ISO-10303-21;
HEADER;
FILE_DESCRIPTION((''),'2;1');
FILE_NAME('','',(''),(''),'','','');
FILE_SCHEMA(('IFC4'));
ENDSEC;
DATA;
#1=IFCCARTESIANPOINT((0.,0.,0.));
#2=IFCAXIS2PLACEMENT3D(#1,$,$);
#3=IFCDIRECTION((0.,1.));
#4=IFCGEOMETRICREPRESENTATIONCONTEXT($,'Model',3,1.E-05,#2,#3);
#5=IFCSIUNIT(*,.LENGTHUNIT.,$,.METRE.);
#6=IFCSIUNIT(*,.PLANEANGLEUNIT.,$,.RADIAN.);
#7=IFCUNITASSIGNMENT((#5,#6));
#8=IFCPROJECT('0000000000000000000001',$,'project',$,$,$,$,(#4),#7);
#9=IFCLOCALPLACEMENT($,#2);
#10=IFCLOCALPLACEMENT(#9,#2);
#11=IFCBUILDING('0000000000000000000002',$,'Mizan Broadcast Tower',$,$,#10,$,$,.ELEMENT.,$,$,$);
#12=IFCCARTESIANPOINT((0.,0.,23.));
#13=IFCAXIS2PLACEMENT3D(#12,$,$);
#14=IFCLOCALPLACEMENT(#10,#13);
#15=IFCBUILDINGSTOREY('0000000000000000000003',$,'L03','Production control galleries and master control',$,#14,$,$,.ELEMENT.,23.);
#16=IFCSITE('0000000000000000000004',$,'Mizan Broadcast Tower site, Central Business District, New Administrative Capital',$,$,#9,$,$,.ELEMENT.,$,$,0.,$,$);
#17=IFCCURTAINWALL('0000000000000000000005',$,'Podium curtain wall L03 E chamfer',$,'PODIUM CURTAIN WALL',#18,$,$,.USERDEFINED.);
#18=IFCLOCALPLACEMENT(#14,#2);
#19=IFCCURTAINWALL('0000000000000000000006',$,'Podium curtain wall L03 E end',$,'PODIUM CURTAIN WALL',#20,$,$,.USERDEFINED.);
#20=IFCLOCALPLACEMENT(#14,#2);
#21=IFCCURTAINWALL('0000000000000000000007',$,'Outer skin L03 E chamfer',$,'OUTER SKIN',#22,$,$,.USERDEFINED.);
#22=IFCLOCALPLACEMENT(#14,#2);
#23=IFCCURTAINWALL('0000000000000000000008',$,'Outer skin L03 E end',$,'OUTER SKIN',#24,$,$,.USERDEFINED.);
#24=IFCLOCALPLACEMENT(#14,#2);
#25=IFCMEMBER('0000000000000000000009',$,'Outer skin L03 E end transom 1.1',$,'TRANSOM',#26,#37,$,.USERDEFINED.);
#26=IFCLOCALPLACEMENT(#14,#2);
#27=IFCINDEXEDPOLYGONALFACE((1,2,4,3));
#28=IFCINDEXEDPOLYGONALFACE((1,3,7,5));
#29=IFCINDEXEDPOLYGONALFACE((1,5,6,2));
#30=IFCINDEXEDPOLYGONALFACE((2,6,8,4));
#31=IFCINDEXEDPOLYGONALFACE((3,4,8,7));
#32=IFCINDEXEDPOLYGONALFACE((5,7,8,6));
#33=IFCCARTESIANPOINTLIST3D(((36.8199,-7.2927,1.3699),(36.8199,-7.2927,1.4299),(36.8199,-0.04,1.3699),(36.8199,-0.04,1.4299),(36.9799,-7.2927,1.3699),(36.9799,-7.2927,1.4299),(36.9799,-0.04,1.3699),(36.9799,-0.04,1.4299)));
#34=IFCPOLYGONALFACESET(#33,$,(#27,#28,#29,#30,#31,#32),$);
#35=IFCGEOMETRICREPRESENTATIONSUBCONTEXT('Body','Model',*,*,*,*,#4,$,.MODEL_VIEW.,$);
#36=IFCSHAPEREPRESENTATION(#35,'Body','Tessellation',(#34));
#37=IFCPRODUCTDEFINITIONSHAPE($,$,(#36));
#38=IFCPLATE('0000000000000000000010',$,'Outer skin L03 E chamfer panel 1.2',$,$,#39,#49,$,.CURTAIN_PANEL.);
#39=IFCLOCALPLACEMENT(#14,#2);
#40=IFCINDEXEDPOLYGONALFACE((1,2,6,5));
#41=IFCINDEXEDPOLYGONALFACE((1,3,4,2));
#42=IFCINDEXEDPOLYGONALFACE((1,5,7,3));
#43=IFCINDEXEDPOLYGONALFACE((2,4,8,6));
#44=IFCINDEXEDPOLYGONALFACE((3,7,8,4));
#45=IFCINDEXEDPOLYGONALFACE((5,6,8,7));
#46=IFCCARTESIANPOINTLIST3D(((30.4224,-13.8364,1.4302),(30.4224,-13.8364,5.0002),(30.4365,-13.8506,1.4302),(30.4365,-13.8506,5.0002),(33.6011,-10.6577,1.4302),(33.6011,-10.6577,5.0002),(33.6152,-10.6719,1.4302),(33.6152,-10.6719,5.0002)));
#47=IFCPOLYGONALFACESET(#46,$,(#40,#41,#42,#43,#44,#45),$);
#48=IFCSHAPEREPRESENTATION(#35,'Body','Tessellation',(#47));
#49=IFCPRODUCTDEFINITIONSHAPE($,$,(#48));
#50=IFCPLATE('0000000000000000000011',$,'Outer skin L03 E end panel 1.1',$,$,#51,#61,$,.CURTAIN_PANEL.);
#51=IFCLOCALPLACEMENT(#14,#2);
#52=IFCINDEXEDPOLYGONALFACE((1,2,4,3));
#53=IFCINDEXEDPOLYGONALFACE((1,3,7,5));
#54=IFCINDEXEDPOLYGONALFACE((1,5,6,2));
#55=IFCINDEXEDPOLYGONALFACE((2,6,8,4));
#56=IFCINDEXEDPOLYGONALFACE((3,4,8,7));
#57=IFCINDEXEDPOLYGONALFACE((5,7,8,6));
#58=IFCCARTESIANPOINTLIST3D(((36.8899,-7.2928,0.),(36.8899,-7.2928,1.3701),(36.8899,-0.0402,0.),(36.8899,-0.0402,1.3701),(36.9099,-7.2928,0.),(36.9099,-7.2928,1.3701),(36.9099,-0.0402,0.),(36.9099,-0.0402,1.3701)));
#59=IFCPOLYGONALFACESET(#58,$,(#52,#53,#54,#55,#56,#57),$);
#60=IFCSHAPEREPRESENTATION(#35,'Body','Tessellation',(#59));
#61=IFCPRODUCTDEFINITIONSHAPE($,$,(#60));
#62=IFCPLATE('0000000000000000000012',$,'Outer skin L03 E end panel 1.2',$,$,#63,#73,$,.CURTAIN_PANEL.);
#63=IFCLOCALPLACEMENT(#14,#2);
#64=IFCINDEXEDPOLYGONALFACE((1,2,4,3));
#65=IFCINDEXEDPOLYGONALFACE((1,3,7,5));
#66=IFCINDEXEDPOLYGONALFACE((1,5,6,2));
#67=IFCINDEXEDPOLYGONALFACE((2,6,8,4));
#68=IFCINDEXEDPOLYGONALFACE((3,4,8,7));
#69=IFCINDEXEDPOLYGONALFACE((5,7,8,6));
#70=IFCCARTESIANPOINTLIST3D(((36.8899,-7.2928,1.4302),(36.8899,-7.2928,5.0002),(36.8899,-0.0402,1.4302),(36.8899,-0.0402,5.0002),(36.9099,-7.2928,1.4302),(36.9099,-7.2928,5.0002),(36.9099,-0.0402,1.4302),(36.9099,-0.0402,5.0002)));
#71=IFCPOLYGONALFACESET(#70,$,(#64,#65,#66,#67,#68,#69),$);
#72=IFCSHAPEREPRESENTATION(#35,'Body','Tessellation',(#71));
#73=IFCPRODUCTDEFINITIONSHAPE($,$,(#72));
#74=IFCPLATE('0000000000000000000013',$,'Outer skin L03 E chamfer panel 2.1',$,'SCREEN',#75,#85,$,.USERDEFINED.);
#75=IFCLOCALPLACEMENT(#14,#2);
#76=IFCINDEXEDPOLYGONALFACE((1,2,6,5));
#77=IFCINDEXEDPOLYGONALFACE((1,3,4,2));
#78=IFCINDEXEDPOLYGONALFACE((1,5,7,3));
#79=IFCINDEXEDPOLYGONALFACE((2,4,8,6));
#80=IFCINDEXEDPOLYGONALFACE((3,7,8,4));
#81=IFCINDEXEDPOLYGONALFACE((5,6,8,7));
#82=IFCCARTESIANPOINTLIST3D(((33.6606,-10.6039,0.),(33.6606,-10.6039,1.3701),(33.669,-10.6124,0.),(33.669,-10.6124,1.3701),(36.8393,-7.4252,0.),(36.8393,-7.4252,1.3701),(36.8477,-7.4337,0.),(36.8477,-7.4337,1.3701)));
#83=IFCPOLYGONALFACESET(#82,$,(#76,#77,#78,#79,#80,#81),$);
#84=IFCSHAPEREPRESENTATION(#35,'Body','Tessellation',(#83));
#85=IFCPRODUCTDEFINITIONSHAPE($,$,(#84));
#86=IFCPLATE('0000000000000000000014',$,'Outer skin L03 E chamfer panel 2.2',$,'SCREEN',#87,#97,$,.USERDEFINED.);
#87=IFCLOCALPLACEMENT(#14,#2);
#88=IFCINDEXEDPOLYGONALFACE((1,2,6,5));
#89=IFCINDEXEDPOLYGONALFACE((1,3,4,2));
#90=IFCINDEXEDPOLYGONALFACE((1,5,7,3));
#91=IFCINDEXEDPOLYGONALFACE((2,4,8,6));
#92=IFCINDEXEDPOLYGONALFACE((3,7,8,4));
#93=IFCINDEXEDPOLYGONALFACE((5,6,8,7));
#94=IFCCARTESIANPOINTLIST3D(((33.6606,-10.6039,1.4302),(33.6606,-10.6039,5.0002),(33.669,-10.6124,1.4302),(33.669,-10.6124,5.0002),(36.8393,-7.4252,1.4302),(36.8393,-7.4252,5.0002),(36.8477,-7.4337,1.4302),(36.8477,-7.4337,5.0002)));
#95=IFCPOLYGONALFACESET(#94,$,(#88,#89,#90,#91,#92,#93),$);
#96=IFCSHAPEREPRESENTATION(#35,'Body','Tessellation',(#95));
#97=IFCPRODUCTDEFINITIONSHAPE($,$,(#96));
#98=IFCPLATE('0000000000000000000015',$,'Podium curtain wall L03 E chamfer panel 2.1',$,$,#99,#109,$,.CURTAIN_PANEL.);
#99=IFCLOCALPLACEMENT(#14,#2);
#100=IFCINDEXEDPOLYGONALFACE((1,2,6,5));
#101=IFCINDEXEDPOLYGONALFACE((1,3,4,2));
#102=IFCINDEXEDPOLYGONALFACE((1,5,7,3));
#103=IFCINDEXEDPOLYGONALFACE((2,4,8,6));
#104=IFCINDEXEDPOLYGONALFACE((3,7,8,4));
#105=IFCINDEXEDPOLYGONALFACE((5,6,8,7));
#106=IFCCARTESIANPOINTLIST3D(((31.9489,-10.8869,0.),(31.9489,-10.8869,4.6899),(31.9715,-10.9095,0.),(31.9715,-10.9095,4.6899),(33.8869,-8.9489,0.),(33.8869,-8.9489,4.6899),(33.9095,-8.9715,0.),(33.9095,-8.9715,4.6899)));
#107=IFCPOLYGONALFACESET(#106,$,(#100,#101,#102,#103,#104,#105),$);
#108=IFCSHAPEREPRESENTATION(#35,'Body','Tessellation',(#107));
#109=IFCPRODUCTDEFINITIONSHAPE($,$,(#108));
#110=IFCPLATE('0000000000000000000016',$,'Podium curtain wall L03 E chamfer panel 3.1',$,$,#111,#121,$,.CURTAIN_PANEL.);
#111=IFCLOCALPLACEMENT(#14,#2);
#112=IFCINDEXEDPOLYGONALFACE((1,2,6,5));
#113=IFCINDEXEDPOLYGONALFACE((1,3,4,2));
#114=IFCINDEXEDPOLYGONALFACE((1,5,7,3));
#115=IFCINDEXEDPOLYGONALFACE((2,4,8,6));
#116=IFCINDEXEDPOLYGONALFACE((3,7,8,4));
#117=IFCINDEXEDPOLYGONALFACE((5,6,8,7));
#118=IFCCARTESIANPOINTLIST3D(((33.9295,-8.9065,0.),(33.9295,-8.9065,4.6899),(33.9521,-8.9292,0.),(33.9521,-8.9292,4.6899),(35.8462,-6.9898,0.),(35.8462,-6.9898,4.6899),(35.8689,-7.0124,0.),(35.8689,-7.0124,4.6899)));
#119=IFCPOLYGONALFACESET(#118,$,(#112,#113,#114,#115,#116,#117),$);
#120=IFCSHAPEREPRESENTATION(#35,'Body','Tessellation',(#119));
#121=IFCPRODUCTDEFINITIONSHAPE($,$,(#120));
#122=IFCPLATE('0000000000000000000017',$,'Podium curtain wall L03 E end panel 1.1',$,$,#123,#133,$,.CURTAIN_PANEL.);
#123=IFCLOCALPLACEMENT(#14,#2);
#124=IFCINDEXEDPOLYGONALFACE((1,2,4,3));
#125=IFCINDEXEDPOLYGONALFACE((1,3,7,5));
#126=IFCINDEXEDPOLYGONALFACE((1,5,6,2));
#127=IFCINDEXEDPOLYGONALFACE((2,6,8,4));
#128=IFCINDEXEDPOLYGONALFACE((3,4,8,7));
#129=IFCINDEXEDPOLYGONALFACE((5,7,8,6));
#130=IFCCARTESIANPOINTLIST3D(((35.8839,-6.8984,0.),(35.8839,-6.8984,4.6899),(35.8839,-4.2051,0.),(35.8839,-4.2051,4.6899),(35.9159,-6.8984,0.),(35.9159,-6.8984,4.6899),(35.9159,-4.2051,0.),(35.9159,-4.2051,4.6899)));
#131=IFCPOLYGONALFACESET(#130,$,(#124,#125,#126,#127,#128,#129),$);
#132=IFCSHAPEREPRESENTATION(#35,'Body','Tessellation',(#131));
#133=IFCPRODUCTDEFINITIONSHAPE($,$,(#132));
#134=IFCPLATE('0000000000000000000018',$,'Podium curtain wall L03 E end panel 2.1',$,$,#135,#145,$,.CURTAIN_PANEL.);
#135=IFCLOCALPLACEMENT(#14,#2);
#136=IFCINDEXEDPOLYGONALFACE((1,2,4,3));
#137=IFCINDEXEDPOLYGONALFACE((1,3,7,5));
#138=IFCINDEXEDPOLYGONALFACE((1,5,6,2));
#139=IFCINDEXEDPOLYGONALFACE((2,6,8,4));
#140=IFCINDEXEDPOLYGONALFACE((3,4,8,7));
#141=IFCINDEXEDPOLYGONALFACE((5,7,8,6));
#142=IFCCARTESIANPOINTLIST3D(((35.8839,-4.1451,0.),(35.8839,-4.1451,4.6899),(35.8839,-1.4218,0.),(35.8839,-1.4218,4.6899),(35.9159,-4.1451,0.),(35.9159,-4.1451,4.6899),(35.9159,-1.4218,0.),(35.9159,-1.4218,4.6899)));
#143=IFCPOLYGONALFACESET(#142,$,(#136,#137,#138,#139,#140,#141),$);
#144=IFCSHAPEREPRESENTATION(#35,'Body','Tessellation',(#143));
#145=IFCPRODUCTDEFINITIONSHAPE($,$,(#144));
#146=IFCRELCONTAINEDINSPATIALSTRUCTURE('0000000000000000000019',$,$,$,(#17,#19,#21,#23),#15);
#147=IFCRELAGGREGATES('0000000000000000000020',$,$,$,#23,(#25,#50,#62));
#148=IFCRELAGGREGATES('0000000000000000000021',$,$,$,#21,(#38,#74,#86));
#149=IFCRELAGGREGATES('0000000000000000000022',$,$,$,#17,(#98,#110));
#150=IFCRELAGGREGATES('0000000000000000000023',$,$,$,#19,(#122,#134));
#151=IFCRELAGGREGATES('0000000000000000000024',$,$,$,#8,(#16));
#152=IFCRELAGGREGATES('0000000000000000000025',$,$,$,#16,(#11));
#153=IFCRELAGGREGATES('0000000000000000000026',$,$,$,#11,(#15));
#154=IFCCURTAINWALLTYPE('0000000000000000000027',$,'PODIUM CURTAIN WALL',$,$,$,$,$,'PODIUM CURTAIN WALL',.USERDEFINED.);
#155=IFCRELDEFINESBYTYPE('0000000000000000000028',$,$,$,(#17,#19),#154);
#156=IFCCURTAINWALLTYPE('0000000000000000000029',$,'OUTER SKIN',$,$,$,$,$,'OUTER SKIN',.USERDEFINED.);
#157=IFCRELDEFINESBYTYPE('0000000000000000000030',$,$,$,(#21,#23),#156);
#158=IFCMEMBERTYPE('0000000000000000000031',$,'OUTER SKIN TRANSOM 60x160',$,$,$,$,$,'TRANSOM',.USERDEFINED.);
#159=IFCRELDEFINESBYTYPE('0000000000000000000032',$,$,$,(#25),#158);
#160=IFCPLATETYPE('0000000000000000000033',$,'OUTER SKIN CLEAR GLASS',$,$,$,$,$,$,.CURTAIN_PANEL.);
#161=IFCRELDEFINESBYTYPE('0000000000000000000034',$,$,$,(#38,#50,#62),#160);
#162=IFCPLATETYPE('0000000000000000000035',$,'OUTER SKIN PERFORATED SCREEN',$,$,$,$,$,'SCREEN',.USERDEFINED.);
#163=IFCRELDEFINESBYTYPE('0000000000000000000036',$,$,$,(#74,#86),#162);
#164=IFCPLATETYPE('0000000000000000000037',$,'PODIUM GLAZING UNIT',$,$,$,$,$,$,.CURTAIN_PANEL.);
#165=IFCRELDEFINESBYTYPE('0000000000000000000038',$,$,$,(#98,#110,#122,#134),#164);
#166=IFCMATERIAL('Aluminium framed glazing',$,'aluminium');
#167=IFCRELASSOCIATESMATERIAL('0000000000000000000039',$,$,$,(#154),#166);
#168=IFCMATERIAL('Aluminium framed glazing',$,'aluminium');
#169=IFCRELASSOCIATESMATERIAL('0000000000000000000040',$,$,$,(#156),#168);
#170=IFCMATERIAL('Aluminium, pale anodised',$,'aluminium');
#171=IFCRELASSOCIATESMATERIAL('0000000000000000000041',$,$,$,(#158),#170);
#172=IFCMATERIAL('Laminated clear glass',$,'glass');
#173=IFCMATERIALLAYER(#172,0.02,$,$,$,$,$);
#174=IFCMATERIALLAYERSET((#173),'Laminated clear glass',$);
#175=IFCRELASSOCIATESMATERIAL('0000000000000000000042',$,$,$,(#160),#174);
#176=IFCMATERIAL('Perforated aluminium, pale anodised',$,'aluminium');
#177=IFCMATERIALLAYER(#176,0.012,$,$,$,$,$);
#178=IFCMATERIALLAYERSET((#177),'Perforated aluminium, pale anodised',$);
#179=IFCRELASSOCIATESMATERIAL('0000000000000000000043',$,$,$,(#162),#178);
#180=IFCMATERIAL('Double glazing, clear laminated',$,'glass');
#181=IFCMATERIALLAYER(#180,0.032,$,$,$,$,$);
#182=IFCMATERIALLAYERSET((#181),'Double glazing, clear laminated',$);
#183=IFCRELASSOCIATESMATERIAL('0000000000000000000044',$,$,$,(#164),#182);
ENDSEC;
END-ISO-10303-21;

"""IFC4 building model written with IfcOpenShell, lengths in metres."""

from ifc_helpers import new_model, si_unit, direction, frame, origin, origin_2d, place, context, subcontext, project, spatial, rectangle, extrude, material, layer, layer_set, material_profile, profile_set, type_object, element, aggregate, save


model = new_model("IFC4")

# Units and contexts
model_context = context("Model", 3, precision=1e-05, world=origin(), true_north=direction((0.0, 1.0)))
body_context = subcontext(model_context, "Body", "Model", "MODEL_VIEW")
ifc_project = project(units=[si_unit("LENGTHUNIT", "METRE"), si_unit("PLANEANGLEUNIT", "RADIAN")], contexts=[model_context])

# Site, building, storey
site_placement = place(None, origin())
site = spatial("IfcSite", under=ifc_project, at=site_placement, Name="Mizan Broadcast Tower site, Central Business District, New Administrative Capital", CompositionType="ELEMENT", RefElevation=0.0)
building_placement = place(site_placement, origin())
building = spatial("IfcBuilding", under=site, at=building_placement, Name="Mizan Broadcast Tower", CompositionType="ELEMENT")
storey_placement = place(building_placement, frame((0.0, 0.0, 23.0)))
storey = spatial("IfcBuildingStorey", under=building, at=storey_placement, Name="L03", Description="Production control galleries and master control", CompositionType="ELEMENT", Elevation=23.0)

# Curtain walls
ifc_material_1 = material(Name="Aluminium framed glazing", Category="aluminium")
curtain_wall_type_1 = type_object("IfcCurtainWallType", Name="PODIUM CURTAIN WALL", ElementType="PODIUM CURTAIN WALL", PredefinedType="USERDEFINED", material=ifc_material_1)
curtain_wall_1_placement = place(storey_placement, origin())
curtain_wall_1 = element("IfcCurtainWall", 1, at=curtain_wall_1_placement, inside=storey, type_object=curtain_wall_type_1, Name="Podium curtain wall L03 E chamfer", ObjectType="PODIUM CURTAIN WALL", PredefinedType="USERDEFINED")
curtain_wall_2_placement = place(storey_placement, origin())
curtain_wall_2 = element("IfcCurtainWall", 2, at=curtain_wall_2_placement, inside=storey, type_object=curtain_wall_type_1, Name="Podium curtain wall L03 E end", ObjectType="PODIUM CURTAIN WALL", PredefinedType="USERDEFINED")

# Curtain wall
ifc_material_2 = material(Name="Aluminium framed glazing", Category="aluminium")
curtain_wall_type_2 = type_object("IfcCurtainWallType", Name="OUTER SKIN", ElementType="OUTER SKIN", PredefinedType="USERDEFINED", material=ifc_material_2)
curtain_wall_3_placement = place(storey_placement, origin())
curtain_wall_3 = element("IfcCurtainWall", 3, at=curtain_wall_3_placement, inside=storey, type_object=curtain_wall_type_2, Name="Outer skin L03 E chamfer", ObjectType="OUTER SKIN", PredefinedType="USERDEFINED")
ifc_material_3 = material(Name="Aluminium, pale anodised", Category="aluminium")
ifc_material_profile_1 = material_profile(ifc_material_3, rectangle(XDim=0.1599, YDim=0.0601, at=origin_2d()), Name="TRANSOM 160x60")
ifc_profile_set_1 = profile_set([ifc_material_profile_1], Name="Aluminium, pale anodised")
member_type_1 = type_object("IfcMemberType", Name="OUTER SKIN TRANSOM 60x160", ElementType="TRANSOM", PredefinedType="USERDEFINED", material=ifc_profile_set_1)

# Curtain wall, member
curtain_wall_4_placement = place(storey_placement, origin())
curtain_wall_4 = element("IfcCurtainWall", 4, at=curtain_wall_4_placement, inside=storey, type_object=curtain_wall_type_2, Name="Outer skin L03 E end", ObjectType="OUTER SKIN", PredefinedType="USERDEFINED")
member_1_placement = place(storey_placement, frame((36.8999, -7.2927, 1.3999), z_axis=(0.0, 1.0, 0.0), x_axis=(-1.0, 0.0, 0.0)))
member_1 = element("IfcMember", 5, at=member_1_placement, type_object=member_type_1, Name="Outer skin L03 E end transom 1.1", ObjectType="TRANSOM", PredefinedType="USERDEFINED", context=body_context, shape_type="SweptSolid", body=[
    extrude(rectangle(XDim=0.1599, YDim=0.0601, at=origin_2d()), origin(), (0.0, 0.0, 1.0), 7.2527),
])

# Plates
ifc_material_4 = material(Name="Laminated clear glass", Category="glass")
ifc_layer_1 = layer(ifc_material_4, 0.02)
ifc_layer_set_1 = layer_set([ifc_layer_1], Name="Laminated clear glass")
plate_type_1 = type_object("IfcPlateType", Name="OUTER SKIN CLEAR GLASS", PredefinedType="CURTAIN_PANEL", material=ifc_layer_set_1)
plate_1_placement = place(storey_placement, frame((32.0188, -12.2542, 1.4302), z_axis=(0.0, 0.0, 1.0), x_axis=(0.707107, 0.707107, 0.0)))
plate_1 = element("IfcPlate", 6, at=plate_1_placement, type_object=plate_type_1, Name="Outer skin L03 E chamfer panel 1.2", PredefinedType="CURTAIN_PANEL", context=body_context, shape_type="SweptSolid", body=[
    extrude(rectangle(XDim=4.4954, YDim=0.02, at=origin_2d()), origin(), (0.0, 0.0, 1.0), 3.5701),
])
plate_2_placement = place(storey_placement, frame((36.8999, -3.6665, 0.0), z_axis=(0.0, 0.0, 1.0), x_axis=(0.0, 1.0, 0.0)))
plate_2 = element("IfcPlate", 7, at=plate_2_placement, type_object=plate_type_1, Name="Outer skin L03 E end panel 1.1", PredefinedType="CURTAIN_PANEL", context=body_context, shape_type="SweptSolid", body=[
    extrude(rectangle(XDim=7.2527, YDim=0.02, at=origin_2d()), origin(), (0.0, 0.0, 1.0), 1.3701),
])
plate_3_placement = place(storey_placement, frame((36.8999, -3.6665, 1.4302), z_axis=(0.0, 0.0, 1.0), x_axis=(0.0, 1.0, 0.0)))
plate_3 = element("IfcPlate", 8, at=plate_3_placement, type_object=plate_type_1, Name="Outer skin L03 E end panel 1.2", PredefinedType="CURTAIN_PANEL", context=body_context, shape_type="SweptSolid", body=[
    extrude(rectangle(XDim=7.2527, YDim=0.02, at=origin_2d()), origin(), (0.0, 0.0, 1.0), 3.5701),
])
aggregate(curtain_wall_4, [member_1, plate_2, plate_3])
ifc_material_5 = material(Name="Perforated aluminium, pale anodised", Category="aluminium")
ifc_layer_2 = layer(ifc_material_5, 0.012)
ifc_layer_set_2 = layer_set([ifc_layer_2], Name="Perforated aluminium, pale anodised")
plate_type_2 = type_object("IfcPlateType", Name="OUTER SKIN PERFORATED SCREEN", ElementType="SCREEN", PredefinedType="USERDEFINED", material=ifc_layer_set_2)
plate_4_placement = place(storey_placement, frame((35.2542, -9.0188, 0.0), z_axis=(0.0, 0.0, 1.0), x_axis=(0.707107, 0.707107, 0.0)))
plate_4 = element("IfcPlate", 9, at=plate_4_placement, type_object=plate_type_2, Name="Outer skin L03 E chamfer panel 2.1", ObjectType="SCREEN", PredefinedType="USERDEFINED", context=body_context, shape_type="SweptSolid", body=[
    extrude(rectangle(XDim=4.4954, YDim=0.012, at=origin_2d()), origin(), (0.0, 0.0, 1.0), 1.3701),
])
plate_5_placement = place(storey_placement, frame((35.2542, -9.0188, 1.4302), z_axis=(0.0, 0.0, 1.0), x_axis=(0.707107, 0.707107, 0.0)))
plate_5 = element("IfcPlate", 10, at=plate_5_placement, type_object=plate_type_2, Name="Outer skin L03 E chamfer panel 2.2", ObjectType="SCREEN", PredefinedType="USERDEFINED", context=body_context, shape_type="SweptSolid", body=[
    extrude(rectangle(XDim=4.4954, YDim=0.012, at=origin_2d()), origin(), (0.0, 0.0, 1.0), 3.5701),
])
aggregate(curtain_wall_3, [plate_1, plate_4, plate_5])
ifc_material_6 = material(Name="Double glazing, clear laminated", Category="glass")
ifc_layer_3 = layer(ifc_material_6, 0.032)
ifc_layer_set_3 = layer_set([ifc_layer_3], Name="Double glazing, clear laminated")
plate_type_3 = type_object("IfcPlateType", Name="PODIUM GLAZING UNIT", PredefinedType="CURTAIN_PANEL", material=ifc_layer_set_3)
plate_6_placement = place(storey_placement, frame((32.9292, -9.9292, 0.0), z_axis=(0.0, 0.0, 1.0), x_axis=(0.707107, 0.707107, 0.0)))
plate_6 = element("IfcPlate", 11, at=plate_6_placement, type_object=plate_type_3, Name="Podium curtain wall L03 E chamfer panel 2.1", PredefinedType="CURTAIN_PANEL", context=body_context, shape_type="SweptSolid", body=[
    extrude(rectangle(XDim=2.7407, YDim=0.032, at=origin_2d()), origin(), (0.0, 0.0, 1.0), 4.6899),
])
plate_7_placement = place(storey_placement, frame((34.8992, -7.9595, 0.0), z_axis=(0.0, 0.0, 1.0), x_axis=(0.707107, 0.707107, 0.0)))
plate_7 = element("IfcPlate", 12, at=plate_7_placement, type_object=plate_type_3, Name="Podium curtain wall L03 E chamfer panel 3.1", PredefinedType="CURTAIN_PANEL", context=body_context, shape_type="SweptSolid", body=[
    extrude(rectangle(XDim=2.7107, YDim=0.032, at=origin_2d()), origin(), (0.0, 0.0, 1.0), 4.6899),
])
aggregate(curtain_wall_1, [plate_6, plate_7])
plate_8_placement = place(storey_placement, frame((35.8999, -5.5518, 0.0), z_axis=(0.0, 0.0, 1.0), x_axis=(0.0, 1.0, 0.0)))
plate_8 = element("IfcPlate", 13, at=plate_8_placement, type_object=plate_type_3, Name="Podium curtain wall L03 E end panel 1.1", PredefinedType="CURTAIN_PANEL", context=body_context, shape_type="SweptSolid", body=[
    extrude(rectangle(XDim=2.6934, YDim=0.032, at=origin_2d()), origin(), (0.0, 0.0, 1.0), 4.6899),
])
plate_9_placement = place(storey_placement, frame((35.8999, -2.7834, 0.0), z_axis=(0.0, 0.0, 1.0), x_axis=(0.0, 1.0, 0.0)))
plate_9 = element("IfcPlate", 14, at=plate_9_placement, type_object=plate_type_3, Name="Podium curtain wall L03 E end panel 2.1", PredefinedType="CURTAIN_PANEL", context=body_context, shape_type="SweptSolid", body=[
    extrude(rectangle(XDim=2.7234, YDim=0.032, at=origin_2d()), origin(), (0.0, 0.0, 1.0), 4.6899),
])
aggregate(curtain_wall_2, [plate_8, plate_9])

save(model, "model.ifc")
